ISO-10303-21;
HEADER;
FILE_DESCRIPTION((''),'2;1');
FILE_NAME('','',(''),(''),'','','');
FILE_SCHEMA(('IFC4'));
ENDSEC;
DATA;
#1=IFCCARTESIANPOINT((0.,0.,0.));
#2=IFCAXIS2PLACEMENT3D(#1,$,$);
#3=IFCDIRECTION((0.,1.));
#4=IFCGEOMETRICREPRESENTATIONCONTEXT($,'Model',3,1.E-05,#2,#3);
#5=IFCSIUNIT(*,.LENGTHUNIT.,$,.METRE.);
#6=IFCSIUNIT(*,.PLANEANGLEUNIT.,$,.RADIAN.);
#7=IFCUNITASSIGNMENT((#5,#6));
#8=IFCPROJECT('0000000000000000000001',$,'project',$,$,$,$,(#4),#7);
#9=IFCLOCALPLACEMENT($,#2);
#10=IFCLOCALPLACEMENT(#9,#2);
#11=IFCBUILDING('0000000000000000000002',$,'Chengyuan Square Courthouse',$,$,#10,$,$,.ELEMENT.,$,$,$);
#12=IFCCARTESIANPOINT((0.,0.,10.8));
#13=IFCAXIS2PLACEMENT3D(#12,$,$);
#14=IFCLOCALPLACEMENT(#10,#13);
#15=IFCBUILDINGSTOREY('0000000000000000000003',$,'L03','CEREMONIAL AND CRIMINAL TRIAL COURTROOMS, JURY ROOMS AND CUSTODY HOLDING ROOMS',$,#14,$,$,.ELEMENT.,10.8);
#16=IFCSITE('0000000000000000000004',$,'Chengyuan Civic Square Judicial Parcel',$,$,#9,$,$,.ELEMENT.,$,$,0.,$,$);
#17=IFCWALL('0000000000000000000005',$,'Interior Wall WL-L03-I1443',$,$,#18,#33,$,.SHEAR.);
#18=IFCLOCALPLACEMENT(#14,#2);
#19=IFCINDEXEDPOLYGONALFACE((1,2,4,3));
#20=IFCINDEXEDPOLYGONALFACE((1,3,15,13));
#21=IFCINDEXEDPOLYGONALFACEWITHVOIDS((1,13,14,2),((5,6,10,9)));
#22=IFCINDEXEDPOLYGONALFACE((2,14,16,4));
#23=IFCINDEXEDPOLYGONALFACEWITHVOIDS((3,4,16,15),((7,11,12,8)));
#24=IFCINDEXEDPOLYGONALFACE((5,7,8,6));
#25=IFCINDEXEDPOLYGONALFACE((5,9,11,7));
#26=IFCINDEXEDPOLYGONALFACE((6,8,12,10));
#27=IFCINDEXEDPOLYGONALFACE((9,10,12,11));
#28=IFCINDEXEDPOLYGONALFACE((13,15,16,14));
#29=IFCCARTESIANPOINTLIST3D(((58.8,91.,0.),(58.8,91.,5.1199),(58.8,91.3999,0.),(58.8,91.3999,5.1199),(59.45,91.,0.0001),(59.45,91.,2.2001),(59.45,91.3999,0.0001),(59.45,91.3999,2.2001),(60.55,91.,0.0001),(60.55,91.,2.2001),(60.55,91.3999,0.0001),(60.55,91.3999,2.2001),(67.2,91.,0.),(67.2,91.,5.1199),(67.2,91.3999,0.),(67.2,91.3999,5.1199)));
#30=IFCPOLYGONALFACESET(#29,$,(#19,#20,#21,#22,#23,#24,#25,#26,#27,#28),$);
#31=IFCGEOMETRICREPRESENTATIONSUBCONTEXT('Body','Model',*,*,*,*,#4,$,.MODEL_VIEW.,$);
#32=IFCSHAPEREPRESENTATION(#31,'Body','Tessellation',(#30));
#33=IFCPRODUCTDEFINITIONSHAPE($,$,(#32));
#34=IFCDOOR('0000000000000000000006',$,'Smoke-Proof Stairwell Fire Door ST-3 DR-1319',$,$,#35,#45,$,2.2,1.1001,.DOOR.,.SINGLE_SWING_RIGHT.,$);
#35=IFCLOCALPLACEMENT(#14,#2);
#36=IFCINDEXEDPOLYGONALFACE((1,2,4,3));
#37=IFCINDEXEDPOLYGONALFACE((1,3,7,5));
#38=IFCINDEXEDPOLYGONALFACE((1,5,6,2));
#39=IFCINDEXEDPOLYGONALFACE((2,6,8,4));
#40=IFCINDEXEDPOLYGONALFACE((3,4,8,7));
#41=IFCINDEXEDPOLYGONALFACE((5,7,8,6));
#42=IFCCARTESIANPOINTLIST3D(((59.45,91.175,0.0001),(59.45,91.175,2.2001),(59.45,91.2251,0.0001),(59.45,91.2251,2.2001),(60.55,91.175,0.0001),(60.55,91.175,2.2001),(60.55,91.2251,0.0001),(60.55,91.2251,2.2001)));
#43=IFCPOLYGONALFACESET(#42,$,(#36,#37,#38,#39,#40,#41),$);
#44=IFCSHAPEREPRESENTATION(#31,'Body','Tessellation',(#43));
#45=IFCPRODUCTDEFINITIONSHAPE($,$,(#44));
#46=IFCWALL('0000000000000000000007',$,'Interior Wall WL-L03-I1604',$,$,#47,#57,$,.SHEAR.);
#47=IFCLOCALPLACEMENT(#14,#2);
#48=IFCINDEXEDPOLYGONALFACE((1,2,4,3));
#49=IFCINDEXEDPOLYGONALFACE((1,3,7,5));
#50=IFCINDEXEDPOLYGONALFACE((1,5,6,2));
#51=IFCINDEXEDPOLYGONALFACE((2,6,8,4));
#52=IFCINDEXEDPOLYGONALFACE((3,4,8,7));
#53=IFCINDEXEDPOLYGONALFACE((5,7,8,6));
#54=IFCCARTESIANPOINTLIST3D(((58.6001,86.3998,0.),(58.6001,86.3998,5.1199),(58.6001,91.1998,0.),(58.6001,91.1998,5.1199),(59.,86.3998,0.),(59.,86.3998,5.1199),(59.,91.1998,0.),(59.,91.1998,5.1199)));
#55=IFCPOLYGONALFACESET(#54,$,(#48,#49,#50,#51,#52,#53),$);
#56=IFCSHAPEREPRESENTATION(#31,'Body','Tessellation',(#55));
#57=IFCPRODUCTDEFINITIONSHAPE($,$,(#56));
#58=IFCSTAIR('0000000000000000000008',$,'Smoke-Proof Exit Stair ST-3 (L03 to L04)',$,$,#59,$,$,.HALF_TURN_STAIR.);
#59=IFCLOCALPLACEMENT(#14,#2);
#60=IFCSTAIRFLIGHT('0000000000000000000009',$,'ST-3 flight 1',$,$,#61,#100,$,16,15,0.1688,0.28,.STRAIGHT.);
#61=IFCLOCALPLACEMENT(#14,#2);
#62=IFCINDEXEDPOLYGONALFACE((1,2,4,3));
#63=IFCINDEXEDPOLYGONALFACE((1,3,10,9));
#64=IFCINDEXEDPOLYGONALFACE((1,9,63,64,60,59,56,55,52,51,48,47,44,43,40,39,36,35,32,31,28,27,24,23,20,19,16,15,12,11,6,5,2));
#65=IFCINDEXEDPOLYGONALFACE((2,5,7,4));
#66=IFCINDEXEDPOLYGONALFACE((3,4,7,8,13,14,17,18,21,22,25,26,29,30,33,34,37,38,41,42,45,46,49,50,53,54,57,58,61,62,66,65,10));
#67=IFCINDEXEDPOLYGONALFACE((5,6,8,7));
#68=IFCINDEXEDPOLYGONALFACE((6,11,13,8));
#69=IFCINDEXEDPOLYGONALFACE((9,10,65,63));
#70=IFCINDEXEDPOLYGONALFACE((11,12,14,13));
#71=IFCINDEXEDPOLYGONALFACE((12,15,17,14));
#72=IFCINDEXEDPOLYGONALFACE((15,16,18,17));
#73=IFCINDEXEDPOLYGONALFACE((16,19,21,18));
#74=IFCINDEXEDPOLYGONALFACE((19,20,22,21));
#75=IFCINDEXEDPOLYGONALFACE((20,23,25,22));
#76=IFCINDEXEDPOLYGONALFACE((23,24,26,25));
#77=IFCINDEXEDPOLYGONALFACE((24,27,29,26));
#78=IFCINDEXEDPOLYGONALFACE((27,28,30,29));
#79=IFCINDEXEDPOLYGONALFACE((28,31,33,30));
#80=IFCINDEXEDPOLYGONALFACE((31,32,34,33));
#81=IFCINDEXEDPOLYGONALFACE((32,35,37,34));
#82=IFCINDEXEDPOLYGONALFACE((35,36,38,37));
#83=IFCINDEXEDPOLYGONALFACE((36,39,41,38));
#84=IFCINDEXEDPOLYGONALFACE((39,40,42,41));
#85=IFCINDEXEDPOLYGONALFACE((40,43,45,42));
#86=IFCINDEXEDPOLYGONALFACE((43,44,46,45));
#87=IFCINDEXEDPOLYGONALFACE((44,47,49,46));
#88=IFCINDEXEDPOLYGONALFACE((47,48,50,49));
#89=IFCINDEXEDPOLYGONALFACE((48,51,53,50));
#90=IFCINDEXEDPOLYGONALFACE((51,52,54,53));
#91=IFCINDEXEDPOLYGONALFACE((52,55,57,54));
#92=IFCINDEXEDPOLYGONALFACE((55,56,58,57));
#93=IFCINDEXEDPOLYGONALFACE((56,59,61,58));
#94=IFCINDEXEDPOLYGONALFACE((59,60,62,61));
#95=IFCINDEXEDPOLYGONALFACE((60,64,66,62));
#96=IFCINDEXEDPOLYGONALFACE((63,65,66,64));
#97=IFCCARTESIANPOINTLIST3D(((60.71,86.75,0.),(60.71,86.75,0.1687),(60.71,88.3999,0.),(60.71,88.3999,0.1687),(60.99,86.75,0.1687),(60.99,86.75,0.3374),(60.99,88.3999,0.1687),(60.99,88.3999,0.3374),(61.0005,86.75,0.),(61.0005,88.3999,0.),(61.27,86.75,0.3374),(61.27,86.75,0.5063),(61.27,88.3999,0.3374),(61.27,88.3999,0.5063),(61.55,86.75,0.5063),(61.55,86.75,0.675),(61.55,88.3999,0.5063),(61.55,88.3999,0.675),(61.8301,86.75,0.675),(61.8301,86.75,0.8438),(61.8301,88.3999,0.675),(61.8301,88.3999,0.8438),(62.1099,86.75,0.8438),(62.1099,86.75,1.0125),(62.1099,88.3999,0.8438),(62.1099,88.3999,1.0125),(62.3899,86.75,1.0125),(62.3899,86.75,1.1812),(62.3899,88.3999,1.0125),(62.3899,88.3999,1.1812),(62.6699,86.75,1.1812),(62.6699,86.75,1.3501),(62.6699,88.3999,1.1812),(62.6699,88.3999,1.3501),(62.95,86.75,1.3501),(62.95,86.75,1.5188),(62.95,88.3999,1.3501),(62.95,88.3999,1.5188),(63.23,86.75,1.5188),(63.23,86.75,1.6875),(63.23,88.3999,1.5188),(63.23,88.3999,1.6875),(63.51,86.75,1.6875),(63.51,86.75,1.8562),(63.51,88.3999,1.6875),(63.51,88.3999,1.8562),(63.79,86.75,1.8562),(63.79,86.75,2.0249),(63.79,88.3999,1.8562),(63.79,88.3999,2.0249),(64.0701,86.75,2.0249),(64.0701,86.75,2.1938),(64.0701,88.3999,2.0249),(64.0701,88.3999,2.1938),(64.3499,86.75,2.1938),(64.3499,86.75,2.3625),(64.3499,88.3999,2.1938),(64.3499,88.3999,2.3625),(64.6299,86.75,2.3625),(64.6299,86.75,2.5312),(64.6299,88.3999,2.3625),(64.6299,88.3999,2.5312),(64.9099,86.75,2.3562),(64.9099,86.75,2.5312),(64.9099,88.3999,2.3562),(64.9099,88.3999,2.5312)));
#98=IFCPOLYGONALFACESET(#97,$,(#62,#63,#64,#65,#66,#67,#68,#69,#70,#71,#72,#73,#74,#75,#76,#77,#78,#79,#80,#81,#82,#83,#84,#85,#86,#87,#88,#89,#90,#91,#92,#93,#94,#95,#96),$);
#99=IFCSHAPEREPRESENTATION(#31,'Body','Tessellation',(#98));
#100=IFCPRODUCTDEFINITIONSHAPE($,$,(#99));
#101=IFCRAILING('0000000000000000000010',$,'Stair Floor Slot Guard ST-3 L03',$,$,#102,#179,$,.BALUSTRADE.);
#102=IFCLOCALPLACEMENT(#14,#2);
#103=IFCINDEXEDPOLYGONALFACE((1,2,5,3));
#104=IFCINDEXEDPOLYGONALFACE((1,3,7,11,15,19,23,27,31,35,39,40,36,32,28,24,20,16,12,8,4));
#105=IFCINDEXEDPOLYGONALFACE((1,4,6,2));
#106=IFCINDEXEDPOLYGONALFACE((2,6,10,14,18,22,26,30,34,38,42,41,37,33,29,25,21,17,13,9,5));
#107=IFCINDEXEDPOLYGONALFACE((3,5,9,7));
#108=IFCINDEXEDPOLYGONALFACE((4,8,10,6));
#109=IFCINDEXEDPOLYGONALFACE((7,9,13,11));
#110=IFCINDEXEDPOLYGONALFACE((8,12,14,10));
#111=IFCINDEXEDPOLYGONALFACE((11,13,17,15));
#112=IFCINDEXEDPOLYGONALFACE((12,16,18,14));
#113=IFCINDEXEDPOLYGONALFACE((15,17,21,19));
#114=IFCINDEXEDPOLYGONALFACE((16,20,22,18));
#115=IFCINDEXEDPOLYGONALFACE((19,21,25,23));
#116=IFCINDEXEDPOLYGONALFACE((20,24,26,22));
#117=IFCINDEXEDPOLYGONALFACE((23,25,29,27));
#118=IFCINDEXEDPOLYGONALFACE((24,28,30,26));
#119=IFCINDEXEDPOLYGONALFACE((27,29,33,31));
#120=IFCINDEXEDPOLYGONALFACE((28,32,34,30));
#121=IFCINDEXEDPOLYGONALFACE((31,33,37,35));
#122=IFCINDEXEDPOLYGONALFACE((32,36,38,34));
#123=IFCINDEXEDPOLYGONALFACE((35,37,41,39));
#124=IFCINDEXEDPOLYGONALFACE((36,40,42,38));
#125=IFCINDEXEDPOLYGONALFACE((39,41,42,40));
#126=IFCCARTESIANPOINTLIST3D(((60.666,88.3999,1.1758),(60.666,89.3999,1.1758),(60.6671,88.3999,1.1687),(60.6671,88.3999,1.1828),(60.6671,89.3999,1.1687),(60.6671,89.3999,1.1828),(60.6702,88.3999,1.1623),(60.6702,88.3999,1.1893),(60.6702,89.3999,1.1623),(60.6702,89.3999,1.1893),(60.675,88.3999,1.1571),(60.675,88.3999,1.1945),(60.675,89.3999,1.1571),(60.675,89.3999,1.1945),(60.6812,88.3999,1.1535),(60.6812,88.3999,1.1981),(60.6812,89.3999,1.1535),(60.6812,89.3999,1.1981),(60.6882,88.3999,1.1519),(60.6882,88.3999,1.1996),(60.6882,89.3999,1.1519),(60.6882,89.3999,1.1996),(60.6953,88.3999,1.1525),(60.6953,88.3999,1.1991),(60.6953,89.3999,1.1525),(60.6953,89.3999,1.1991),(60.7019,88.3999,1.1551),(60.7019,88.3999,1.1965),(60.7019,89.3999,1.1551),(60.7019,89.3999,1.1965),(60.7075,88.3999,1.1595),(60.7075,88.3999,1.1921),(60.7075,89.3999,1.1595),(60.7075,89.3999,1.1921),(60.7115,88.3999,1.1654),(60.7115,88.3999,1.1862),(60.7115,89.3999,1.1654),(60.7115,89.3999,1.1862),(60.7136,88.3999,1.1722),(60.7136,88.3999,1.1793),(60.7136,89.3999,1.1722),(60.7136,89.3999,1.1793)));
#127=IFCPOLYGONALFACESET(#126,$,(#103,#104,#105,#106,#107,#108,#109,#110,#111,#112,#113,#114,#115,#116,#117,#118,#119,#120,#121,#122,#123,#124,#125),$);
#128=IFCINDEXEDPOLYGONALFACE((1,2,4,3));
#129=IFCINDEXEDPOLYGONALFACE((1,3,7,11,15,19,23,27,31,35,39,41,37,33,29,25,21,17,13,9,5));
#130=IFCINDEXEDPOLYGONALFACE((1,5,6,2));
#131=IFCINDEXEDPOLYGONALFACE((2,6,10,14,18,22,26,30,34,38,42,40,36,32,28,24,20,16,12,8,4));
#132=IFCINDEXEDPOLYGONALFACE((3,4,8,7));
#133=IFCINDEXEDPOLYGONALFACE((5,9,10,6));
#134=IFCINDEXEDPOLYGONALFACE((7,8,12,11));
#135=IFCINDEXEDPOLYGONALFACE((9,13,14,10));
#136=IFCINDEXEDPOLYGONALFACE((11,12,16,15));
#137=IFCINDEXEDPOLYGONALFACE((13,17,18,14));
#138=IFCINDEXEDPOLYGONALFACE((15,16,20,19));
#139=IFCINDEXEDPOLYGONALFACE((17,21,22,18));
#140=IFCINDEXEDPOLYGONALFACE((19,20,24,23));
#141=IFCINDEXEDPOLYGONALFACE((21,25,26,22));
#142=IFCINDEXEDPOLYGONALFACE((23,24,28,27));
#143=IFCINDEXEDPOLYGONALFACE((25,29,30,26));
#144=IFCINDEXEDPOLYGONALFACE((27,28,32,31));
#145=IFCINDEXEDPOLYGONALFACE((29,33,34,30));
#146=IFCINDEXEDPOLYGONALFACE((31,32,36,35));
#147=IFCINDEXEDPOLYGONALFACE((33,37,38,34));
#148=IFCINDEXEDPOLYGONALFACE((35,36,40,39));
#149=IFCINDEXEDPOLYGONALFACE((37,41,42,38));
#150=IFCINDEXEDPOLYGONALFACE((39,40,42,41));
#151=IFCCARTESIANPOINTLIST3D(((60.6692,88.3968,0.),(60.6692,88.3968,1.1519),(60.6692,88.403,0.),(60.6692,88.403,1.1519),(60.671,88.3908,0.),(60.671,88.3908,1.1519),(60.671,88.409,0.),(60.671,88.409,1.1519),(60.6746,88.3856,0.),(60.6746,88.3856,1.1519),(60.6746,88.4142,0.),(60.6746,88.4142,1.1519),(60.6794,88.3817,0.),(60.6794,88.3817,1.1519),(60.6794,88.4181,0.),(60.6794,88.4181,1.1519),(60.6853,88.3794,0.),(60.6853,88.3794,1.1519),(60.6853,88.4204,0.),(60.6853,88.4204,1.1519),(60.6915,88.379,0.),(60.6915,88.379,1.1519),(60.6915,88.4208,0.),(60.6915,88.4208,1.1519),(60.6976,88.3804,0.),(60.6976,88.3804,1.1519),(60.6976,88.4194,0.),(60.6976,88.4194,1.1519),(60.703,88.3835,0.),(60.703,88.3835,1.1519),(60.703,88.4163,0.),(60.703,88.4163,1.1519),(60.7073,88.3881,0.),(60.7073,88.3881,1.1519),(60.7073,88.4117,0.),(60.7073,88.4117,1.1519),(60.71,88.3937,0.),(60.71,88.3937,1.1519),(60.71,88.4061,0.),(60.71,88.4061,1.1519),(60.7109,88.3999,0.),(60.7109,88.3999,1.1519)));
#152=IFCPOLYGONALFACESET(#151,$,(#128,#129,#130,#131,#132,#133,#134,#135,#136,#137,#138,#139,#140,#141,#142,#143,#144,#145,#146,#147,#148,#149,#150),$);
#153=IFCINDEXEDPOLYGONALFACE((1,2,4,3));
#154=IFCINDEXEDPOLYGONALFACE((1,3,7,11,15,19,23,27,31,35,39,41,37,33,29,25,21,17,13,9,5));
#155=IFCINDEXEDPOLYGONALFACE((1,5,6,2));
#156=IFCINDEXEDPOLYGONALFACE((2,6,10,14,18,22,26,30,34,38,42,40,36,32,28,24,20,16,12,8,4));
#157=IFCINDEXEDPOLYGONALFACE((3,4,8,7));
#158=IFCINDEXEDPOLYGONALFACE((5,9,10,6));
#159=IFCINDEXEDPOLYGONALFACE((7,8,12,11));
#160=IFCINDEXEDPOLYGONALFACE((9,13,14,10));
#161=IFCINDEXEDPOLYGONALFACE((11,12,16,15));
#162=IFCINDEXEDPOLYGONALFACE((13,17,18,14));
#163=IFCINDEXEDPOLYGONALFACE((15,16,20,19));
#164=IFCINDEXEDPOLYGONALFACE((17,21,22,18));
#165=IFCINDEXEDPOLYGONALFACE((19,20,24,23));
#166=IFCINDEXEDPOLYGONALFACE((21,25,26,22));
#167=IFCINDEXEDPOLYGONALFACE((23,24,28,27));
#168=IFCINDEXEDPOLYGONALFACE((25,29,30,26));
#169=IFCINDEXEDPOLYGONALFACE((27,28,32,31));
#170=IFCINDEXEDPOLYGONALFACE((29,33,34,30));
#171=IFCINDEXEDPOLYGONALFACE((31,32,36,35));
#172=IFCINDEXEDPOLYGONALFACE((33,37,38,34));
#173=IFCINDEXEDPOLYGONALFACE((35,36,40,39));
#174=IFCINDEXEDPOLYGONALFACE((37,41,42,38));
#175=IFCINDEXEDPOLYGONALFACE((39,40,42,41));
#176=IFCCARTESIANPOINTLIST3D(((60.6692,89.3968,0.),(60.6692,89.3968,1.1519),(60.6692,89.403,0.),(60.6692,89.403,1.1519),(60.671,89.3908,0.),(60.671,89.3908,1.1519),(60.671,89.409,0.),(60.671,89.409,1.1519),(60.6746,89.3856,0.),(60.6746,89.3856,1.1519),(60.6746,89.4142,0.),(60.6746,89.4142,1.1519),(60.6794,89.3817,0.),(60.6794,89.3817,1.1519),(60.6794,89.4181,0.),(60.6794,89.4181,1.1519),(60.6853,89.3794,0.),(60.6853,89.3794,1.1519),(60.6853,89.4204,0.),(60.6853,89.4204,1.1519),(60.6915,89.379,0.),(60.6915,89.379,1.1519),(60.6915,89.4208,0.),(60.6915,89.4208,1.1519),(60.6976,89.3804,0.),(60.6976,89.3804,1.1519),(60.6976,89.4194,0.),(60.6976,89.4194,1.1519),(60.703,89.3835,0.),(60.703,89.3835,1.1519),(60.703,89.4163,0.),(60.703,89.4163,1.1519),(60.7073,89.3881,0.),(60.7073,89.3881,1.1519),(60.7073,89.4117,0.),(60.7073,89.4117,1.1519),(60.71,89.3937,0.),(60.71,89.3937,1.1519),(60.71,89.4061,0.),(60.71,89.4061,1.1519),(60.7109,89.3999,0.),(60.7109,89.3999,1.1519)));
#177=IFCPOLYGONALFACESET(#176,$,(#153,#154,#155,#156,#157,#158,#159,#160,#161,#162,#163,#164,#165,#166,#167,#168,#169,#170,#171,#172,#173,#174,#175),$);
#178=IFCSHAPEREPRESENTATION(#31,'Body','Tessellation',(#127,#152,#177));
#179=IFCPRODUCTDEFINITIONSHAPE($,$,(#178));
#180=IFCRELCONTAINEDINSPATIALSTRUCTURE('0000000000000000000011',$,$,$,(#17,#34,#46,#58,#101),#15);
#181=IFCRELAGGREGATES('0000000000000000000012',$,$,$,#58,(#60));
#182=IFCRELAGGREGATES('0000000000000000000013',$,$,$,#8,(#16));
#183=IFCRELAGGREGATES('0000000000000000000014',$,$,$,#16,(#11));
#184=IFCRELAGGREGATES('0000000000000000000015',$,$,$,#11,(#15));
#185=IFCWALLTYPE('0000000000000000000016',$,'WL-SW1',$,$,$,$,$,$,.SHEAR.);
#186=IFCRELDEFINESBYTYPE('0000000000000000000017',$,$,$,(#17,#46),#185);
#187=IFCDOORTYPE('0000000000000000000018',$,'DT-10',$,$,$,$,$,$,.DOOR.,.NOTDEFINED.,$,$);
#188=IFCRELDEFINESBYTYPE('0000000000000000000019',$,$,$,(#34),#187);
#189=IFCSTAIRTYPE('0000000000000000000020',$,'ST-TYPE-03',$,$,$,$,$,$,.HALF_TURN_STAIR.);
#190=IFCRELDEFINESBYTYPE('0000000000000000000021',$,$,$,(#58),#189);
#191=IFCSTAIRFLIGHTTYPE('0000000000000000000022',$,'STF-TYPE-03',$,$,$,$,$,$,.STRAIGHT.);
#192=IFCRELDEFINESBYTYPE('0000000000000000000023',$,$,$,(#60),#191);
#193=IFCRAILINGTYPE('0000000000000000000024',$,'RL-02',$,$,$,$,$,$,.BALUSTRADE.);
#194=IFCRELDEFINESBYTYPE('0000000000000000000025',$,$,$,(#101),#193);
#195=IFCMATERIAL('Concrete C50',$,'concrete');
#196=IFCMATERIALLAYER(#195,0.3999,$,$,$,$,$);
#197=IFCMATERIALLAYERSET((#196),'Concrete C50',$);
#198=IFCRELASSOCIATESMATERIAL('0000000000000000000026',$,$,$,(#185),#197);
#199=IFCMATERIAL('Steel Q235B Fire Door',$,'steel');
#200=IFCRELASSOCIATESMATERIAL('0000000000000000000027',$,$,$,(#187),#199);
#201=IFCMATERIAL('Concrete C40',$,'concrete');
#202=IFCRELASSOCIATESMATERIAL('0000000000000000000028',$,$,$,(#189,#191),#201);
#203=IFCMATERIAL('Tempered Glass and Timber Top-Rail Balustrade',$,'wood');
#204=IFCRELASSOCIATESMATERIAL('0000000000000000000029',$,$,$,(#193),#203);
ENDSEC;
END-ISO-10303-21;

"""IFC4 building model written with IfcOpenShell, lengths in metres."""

from ifc_helpers import new_model, si_unit, direction, frame, frame_2d, origin, origin_2d, place, context, subcontext, project, spatial, polyline, rectangle, circle, outline, extrude, material, layer, layer_set, type_object, element, fill, aggregate, save


model = new_model("IFC4")

# Units and contexts
model_context = context("Model", 3, precision=1e-05, world=origin(), true_north=direction((0.0, 1.0)))
body_context = subcontext(model_context, "Body", "Model", "MODEL_VIEW")
ifc_project = project(units=[si_unit("LENGTHUNIT", "METRE"), si_unit("PLANEANGLEUNIT", "RADIAN")], contexts=[model_context])

# Site, building, storey
site_placement = place(None, origin())
site = spatial("IfcSite", under=ifc_project, at=site_placement, Name="Chengyuan Civic Square Judicial Parcel", CompositionType="ELEMENT", RefElevation=0.0)
building_placement = place(site_placement, origin())
building = spatial("IfcBuilding", under=site, at=building_placement, Name="Chengyuan Square Courthouse", CompositionType="ELEMENT")
storey_placement = place(building_placement, frame((0.0, 0.0, 10.8)))
storey = spatial("IfcBuildingStorey", under=building, at=storey_placement, Name="L03", Description="CEREMONIAL AND CRIMINAL TRIAL COURTROOMS, JURY ROOMS AND CUSTODY HOLDING ROOMS", CompositionType="ELEMENT", Elevation=10.8)

# Shared definitions
ifc_material_1 = material(Name="Concrete C50", Category="concrete")

# Shared definitions
ifc_material_2 = material(Name="Concrete C40", Category="concrete")

# Shared definitions
ifc_layer_1 = layer(ifc_material_1, 0.3999)
ifc_layer_set_1 = layer_set([ifc_layer_1], Name="Concrete C50")
wall_type_1 = type_object("IfcWallType", Name="WL-SW1", PredefinedType="SHEAR", material=ifc_layer_set_1)

# Wall, opening, door
wall_1_placement = place(storey_placement, frame((58.8, 91.2, 0.0), z_axis=(0.0, 0.0, 1.0), x_axis=(1.0, 0.0, 0.0)))
wall_1 = element("IfcWall", 1, at=wall_1_placement, inside=storey, type_object=wall_type_1, Name="Interior Wall WL-L03-I1443", PredefinedType="SHEAR", context=body_context, shape_type="SweptSolid", body=[
    extrude(rectangle(XDim=8.3999, YDim=0.3999, at=frame_2d((4.2, 0.0))), origin(), (0.0, 0.0, 1.0), 5.1199),
])
opening_1_placement = place(wall_1_placement, frame((0.6499, 0.0, 0.0)))
opening_1 = element("IfcOpeningElement", 2, at=opening_1_placement, cuts=wall_1, PredefinedType="OPENING", context=body_context, shape_type="SweptSolid", body=[
    extrude(rectangle(XDim=1.1001, YDim=2.2, at=frame_2d((0.55, 1.1001))), frame((0.0, 0.2119, 0.0), z_axis=(0.0, -1.0, 0.0), x_axis=(1.0, 0.0, 0.0)), (0.0, 0.0, 1.0), 0.4238),
])
ifc_material_3 = material(Name="Steel Q235B Fire Door", Category="steel")
door_type_1 = type_object("IfcDoorType", Name="DT-10", OperationType="NOTDEFINED", PredefinedType="DOOR", material=ifc_material_3)
door_1_placement = place(opening_1_placement, frame((1.1001, 0.0, 0.0), z_axis=(0.0, 0.0, 1.0), x_axis=(-1.0, 0.0, 0.0)))
door_1 = element("IfcDoor", 3, at=door_1_placement, inside=storey, type_object=door_type_1, Name="Smoke-Proof Stairwell Fire Door ST-3 DR-1319", OperationType="SINGLE_SWING_RIGHT", OverallHeight=2.2, OverallWidth=1.1001, PredefinedType="DOOR", context=body_context, shape_type="SweptSolid", body=[
    extrude(rectangle(XDim=1.1001, YDim=2.2, at=frame_2d((0.55, 1.1001))), frame((0.0, 0.0249, 0.0), z_axis=(0.0, -1.0, 0.0), x_axis=(1.0, 0.0, 0.0)), (0.0, 0.0, 1.0), 0.05),
])
fill(opening_1, door_1)

# Wall
wall_2_placement = place(storey_placement, frame((58.8, 86.3999, 0.0), z_axis=(0.0, 0.0, 1.0), x_axis=(0.0, 1.0, 0.0)))
element("IfcWall", 4, at=wall_2_placement, inside=storey, type_object=wall_type_1, Name="Interior Wall WL-L03-I1604", PredefinedType="SHEAR", context=body_context, shape_type="SweptSolid", body=[
    extrude(rectangle(XDim=4.8, YDim=0.3999, at=frame_2d((2.3999, 0.0))), origin(), (0.0, 0.0, 1.0), 5.1199),
])

# Stair, stair flight
stair_type = type_object("IfcStairType", Name="ST-TYPE-03", PredefinedType="HALF_TURN_STAIR", material=ifc_material_2)
stair_placement = place(storey_placement, origin())
stair = element("IfcStair", 5, at=stair_placement, inside=storey, type_object=stair_type, Name="Smoke-Proof Exit Stair ST-3 (L03 to L04)", PredefinedType="HALF_TURN_STAIR")
stair_flight_type = type_object("IfcStairFlightType", Name="STF-TYPE-03", PredefinedType="STRAIGHT", material=ifc_material_2)
stair_flight_placement = place(storey_placement, frame((60.71, 87.575, 0.0), z_axis=(0.0, 0.0, 1.0), x_axis=(1.0, 0.0, 0.0)))
stair_flight = element("IfcStairFlight", 6, at=stair_flight_placement, type_object=stair_flight_type, Name="ST-3 flight 1", NumberOfRisers=16, NumberOfTreads=15, PredefinedType="STRAIGHT", RiserHeight=0.1688, TreadLength=0.28, context=body_context, shape_type="SweptSolid", body=[
    extrude(outline(polyline([(0.0, 0.0), (0.0, 0.1687), (0.28, 0.1687), (0.28, 0.3374), (0.5601, 0.3374), (0.5601, 0.5063), (0.8401, 0.5063), (0.8401, 0.675), (1.1201, 0.675), (1.1201, 0.8438), (1.3999, 0.8438), (1.3999, 1.0125), (1.6799, 1.0125), (1.6799, 1.1812), (1.96, 1.1812), (1.96, 1.3501), (2.24, 1.3501), (2.24, 1.5188), (2.52, 1.5188), (2.52, 1.6875), (2.8, 1.6875), (2.8, 1.8562), (3.0801, 1.8562), (3.0801, 2.0249), (3.3601, 2.0249), (3.3601, 2.1938), (3.6399, 2.1938), (3.6399, 2.3625), (3.9199, 2.3625), (3.9199, 2.5312), (4.2, 2.5312), (4.2, 2.7), (4.2, 2.3562), (0.2905, 0.0), (0.0, 0.0)])), frame((0.0, 0.825, 0.0), z_axis=(0.0, -1.0, 0.0), x_axis=(1.0, 0.0, 0.0)), (0.0, 0.0, 1.0), 1.6499),
])
aggregate(stair, [stair_flight])

# Railing
ifc_material_4 = material(Name="Tempered Glass and Timber Top-Rail Balustrade", Category="wood")
railing_type_1 = type_object("IfcRailingType", Name="RL-02", PredefinedType="BALUSTRADE", material=ifc_material_4)
railing_1_placement = place(storey_placement, frame((60.6899, 88.3999, 0.0)))
element("IfcRailing", 7, at=railing_1_placement, inside=storey, type_object=railing_type_1, Name="Stair Floor Slot Guard ST-3 L03", PredefinedType="BALUSTRADE", context=body_context, shape_type="SweptSolid", body=[
    extrude(circle(Radius=0.0239, at=origin_2d()), frame((0.0, 0.0, 1.1758), z_axis=(0.0, 1.0, 0.0), x_axis=(-1.0, 0.0, 0.0)), (0.0, 0.0, 1.0), 1.0),
    extrude(circle(Radius=0.021, at=origin_2d()), origin(), (0.0, 0.0, 1.0), 1.1519),
    extrude(circle(Radius=0.021, at=origin_2d()), frame((0.0, 1.0, 0.0)), (0.0, 0.0, 1.0), 1.1519),
])

save(model, "model.ifc")
